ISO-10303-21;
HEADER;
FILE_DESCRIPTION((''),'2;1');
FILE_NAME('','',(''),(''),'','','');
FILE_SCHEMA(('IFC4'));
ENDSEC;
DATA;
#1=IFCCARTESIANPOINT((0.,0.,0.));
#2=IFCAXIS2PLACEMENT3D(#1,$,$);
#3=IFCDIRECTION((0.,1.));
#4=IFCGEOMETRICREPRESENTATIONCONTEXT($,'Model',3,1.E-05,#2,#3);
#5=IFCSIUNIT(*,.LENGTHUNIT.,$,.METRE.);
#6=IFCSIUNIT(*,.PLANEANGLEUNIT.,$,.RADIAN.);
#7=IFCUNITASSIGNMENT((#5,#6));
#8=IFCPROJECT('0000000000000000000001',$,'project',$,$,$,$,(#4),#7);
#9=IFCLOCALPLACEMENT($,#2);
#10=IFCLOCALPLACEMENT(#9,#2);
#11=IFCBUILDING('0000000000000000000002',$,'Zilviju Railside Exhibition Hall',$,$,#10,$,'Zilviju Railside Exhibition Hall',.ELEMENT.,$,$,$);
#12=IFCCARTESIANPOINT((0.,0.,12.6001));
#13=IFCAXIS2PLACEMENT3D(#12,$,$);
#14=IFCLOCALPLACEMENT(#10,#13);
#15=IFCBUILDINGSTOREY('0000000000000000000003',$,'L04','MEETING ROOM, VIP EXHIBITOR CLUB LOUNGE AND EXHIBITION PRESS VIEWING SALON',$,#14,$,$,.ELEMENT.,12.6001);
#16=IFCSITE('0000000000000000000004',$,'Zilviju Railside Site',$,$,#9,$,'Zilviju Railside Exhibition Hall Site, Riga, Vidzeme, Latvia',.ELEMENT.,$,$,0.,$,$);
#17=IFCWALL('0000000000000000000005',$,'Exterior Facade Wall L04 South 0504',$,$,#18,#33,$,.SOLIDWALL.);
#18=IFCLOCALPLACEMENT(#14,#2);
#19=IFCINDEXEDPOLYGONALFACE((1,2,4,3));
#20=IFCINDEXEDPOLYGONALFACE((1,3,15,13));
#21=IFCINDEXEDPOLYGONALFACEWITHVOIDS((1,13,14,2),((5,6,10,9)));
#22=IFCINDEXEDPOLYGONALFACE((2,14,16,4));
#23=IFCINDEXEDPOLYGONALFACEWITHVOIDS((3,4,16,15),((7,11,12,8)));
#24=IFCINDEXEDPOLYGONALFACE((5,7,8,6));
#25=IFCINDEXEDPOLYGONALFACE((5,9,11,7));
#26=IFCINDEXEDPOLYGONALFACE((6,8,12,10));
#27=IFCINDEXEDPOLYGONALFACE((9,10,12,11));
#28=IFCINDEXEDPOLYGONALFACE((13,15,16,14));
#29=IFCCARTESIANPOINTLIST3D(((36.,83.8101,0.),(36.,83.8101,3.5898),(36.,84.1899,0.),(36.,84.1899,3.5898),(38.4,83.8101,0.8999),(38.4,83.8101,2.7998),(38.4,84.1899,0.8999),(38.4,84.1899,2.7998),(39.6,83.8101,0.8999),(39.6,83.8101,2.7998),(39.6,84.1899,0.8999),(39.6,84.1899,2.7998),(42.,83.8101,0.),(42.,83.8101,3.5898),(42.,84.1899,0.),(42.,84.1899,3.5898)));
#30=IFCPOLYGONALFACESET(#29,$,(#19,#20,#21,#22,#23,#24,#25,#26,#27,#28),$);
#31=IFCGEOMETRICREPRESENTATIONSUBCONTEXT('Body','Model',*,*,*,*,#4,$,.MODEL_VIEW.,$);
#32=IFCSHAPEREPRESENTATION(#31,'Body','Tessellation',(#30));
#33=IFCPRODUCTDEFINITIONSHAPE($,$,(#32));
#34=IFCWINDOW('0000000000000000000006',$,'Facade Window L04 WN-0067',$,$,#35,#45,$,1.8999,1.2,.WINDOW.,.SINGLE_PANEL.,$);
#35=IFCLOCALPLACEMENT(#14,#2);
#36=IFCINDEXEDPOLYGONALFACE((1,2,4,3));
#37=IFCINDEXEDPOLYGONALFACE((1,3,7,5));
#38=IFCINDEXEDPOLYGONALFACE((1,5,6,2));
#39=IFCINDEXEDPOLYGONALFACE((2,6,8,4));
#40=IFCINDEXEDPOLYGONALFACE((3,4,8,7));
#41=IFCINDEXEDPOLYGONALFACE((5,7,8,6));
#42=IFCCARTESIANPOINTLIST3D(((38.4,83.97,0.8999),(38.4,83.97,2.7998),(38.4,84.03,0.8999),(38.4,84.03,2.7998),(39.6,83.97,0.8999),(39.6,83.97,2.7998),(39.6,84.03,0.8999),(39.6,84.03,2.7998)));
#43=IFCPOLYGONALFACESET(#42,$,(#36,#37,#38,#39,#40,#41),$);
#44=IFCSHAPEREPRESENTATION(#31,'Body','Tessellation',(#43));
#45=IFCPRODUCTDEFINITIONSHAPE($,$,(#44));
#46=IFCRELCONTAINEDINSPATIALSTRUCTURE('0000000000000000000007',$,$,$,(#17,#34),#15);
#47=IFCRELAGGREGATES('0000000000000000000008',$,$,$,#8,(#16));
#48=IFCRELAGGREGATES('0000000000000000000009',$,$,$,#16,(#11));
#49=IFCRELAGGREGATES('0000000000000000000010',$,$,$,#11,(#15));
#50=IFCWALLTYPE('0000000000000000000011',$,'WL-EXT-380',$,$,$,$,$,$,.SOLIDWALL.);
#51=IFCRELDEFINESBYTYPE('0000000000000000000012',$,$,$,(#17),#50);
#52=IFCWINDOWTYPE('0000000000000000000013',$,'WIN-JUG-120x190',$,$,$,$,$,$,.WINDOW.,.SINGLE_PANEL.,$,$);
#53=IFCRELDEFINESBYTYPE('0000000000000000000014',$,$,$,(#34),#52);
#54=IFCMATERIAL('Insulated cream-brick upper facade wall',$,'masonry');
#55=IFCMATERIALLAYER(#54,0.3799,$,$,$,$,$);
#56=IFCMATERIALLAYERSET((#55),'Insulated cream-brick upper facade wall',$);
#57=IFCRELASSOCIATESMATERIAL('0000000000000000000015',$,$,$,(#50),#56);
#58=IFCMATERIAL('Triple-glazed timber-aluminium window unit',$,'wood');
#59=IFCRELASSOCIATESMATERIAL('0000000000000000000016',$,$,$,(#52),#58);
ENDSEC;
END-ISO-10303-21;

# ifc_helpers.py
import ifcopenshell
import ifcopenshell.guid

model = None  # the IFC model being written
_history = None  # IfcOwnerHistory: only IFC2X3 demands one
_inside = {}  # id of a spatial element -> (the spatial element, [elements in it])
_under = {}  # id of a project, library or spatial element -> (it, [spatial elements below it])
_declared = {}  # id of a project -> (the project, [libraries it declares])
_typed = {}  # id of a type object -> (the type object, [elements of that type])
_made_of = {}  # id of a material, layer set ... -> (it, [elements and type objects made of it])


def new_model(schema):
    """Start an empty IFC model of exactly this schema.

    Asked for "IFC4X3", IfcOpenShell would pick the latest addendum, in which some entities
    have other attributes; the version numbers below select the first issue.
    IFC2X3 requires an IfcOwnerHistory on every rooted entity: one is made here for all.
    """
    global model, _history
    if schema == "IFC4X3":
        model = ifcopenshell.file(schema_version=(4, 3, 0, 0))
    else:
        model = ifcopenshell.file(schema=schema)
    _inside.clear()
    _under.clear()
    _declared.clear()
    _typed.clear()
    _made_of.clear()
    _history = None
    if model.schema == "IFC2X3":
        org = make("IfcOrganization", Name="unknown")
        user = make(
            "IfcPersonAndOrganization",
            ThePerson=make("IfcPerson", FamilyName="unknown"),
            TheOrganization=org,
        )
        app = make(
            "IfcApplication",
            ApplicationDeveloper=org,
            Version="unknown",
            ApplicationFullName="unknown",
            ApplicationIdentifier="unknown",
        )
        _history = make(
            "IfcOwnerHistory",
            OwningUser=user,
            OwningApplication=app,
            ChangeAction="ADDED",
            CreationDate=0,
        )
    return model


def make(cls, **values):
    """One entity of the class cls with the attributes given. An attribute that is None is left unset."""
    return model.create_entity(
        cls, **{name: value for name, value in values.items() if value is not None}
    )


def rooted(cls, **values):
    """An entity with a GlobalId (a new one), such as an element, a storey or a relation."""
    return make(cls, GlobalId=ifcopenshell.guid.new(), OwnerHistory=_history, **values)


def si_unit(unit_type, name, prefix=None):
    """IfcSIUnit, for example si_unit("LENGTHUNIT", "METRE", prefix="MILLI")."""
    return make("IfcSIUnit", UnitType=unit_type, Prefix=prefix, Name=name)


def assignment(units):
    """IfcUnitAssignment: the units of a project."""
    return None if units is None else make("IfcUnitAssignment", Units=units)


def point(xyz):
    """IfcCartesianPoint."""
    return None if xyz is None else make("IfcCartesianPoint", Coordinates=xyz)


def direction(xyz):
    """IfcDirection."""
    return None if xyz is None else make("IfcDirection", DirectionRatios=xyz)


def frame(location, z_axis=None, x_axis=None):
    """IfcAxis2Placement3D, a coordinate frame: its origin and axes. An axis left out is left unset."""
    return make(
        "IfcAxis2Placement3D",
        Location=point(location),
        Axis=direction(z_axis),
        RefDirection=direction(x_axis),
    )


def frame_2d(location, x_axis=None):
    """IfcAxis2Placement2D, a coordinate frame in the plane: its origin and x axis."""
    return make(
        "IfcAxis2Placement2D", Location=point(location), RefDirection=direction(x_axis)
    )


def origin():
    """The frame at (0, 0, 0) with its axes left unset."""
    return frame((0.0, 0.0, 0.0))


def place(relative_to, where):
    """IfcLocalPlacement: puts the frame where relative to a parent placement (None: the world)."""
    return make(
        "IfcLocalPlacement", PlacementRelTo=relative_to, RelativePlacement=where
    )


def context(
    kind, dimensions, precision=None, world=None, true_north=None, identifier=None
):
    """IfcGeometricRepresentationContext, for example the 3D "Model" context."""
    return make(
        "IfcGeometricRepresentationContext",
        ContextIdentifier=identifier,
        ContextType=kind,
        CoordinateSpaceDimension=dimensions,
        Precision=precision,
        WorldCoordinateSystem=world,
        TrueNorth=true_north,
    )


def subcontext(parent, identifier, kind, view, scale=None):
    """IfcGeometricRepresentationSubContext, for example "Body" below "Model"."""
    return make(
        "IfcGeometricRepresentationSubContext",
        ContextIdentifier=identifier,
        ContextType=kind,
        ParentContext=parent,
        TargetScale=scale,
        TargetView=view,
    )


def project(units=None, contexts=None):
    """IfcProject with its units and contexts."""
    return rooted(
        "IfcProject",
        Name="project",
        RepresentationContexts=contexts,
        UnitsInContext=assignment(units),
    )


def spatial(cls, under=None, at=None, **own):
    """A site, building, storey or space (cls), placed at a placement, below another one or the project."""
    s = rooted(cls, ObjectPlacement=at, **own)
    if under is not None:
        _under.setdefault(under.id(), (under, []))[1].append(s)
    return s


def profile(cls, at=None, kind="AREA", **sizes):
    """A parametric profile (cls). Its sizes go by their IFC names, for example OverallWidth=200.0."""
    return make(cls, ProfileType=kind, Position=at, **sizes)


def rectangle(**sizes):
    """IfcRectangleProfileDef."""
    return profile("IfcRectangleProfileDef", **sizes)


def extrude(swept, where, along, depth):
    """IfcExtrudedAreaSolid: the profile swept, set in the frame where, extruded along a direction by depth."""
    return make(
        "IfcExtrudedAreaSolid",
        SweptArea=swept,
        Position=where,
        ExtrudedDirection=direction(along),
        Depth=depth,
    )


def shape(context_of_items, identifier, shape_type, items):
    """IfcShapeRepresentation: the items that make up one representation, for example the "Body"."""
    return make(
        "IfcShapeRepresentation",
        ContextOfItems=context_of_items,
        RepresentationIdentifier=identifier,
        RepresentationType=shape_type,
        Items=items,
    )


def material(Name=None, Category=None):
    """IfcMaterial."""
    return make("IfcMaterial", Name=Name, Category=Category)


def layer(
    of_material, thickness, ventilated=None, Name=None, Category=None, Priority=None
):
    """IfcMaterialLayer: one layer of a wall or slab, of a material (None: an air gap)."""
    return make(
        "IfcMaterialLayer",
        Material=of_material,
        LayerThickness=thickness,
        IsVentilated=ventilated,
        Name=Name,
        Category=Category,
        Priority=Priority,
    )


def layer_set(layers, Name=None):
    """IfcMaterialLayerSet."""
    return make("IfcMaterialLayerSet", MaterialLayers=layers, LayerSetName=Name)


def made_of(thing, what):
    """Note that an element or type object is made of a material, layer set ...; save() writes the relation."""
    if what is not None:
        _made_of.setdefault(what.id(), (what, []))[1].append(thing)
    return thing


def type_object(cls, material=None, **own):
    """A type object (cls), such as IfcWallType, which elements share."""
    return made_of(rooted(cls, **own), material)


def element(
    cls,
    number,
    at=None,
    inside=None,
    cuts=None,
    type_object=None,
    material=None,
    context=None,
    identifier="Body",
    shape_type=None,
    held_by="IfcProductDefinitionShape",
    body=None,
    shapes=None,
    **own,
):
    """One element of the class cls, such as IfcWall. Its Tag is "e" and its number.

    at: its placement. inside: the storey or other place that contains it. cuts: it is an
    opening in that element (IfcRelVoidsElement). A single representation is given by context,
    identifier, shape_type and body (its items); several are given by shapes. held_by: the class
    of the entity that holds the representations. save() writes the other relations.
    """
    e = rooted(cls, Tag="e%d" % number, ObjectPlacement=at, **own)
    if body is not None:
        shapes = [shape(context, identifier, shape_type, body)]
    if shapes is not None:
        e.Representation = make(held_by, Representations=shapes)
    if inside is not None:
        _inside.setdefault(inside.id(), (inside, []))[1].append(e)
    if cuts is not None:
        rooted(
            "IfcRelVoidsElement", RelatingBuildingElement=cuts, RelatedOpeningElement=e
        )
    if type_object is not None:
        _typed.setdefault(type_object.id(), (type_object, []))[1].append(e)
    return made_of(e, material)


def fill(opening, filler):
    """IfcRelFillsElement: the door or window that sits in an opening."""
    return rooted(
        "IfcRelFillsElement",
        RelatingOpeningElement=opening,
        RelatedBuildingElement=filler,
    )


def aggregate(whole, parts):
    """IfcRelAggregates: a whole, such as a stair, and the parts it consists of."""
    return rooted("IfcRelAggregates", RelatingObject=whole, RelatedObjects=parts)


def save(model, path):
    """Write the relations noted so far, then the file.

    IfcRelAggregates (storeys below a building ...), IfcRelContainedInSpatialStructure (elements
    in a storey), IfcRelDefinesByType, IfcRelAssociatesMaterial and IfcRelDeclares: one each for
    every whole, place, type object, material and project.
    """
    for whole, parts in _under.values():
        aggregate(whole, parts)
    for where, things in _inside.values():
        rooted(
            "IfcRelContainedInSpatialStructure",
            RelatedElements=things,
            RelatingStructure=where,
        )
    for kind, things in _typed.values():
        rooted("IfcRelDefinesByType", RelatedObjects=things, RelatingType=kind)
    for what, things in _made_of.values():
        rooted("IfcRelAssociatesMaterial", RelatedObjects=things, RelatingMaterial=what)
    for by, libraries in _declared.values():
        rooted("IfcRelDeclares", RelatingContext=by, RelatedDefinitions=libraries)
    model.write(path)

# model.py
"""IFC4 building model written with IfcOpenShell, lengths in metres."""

from ifc_helpers import new_model, si_unit, direction, frame, frame_2d, origin, place, context, subcontext, project, spatial, rectangle, extrude, material, layer, layer_set, type_object, element, fill, save


model = new_model("IFC4")

# Units and contexts
model_context = context("Model", 3, precision=1e-05, world=origin(), true_north=direction((0.0, 1.0)))
body_context = subcontext(model_context, "Body", "Model", "MODEL_VIEW")
ifc_project = project(units=[si_unit("LENGTHUNIT", "METRE"), si_unit("PLANEANGLEUNIT", "RADIAN")], contexts=[model_context])

# Site, building, storey
site_placement = place(None, origin())
site = spatial("IfcSite", under=ifc_project, at=site_placement, Name="Zilviju Railside Site", LongName="Zilviju Railside Exhibition Hall Site, Riga, Vidzeme, Latvia", CompositionType="ELEMENT", RefElevation=0.0)
building_placement = place(site_placement, origin())
building = spatial("IfcBuilding", under=site, at=building_placement, Name="Zilviju Railside Exhibition Hall", LongName="Zilviju Railside Exhibition Hall", CompositionType="ELEMENT")
storey_placement = place(building_placement, frame((0.0, 0.0, 12.6001)))
storey = spatial("IfcBuildingStorey", under=building, at=storey_placement, Name="L04", Description="MEETING ROOM, VIP EXHIBITOR CLUB LOUNGE AND EXHIBITION PRESS VIEWING SALON", CompositionType="ELEMENT", Elevation=12.6001)

# Shared definitions
ifc_material_1 = material(Name="Insulated cream-brick upper facade wall", Category="masonry")
ifc_layer = layer(ifc_material_1, 0.3799)
ifc_layer_set = layer_set([ifc_layer], Name="Insulated cream-brick upper facade wall")
wall_type = type_object("IfcWallType", Name="WL-EXT-380", PredefinedType="SOLIDWALL", material=ifc_layer_set)
ifc_material_2 = material(Name="Triple-glazed timber-aluminium window unit", Category="wood")

# Shared definitions
window_type_1 = type_object("IfcWindowType", Name="WIN-JUG-120x190", PartitioningType="SINGLE_PANEL", PredefinedType="WINDOW", material=ifc_material_2)

# Wall, opening, window
wall_1_placement = place(storey_placement, frame((42.0, 84.0, 0.0), z_axis=(0.0, 0.0, 1.0), x_axis=(-1.0, 0.0, 0.0)))
wall_1 = element("IfcWall", 1, at=wall_1_placement, inside=storey, type_object=wall_type, Name="Exterior Facade Wall L04 South 0504", PredefinedType="SOLIDWALL", context=body_context, shape_type="SweptSolid", body=[
    extrude(rectangle(XDim=6.0, YDim=0.3799, at=frame_2d((3.0, 0.0))), origin(), (0.0, 0.0, 1.0), 3.5898),
])
opening_1_placement = place(wall_1_placement, frame((2.3999, 0.0, 0.8999)))
opening_1 = element("IfcOpeningElement", 2, at=opening_1_placement, cuts=wall_1, PredefinedType="OPENING", context=body_context, shape_type="SweptSolid", body=[
    extrude(rectangle(XDim=1.2, YDim=1.8999, at=frame_2d((0.6001, 0.95))), frame((0.0, 0.2, 0.0), z_axis=(0.0, -1.0, 0.0), x_axis=(1.0, 0.0, 0.0)), (0.0, 0.0, 1.0), 0.3999),
])
window_1_placement = place(opening_1_placement, origin())
window_1 = element("IfcWindow", 3, at=window_1_placement, inside=storey, type_object=window_type_1, Name="Facade Window L04 WN-0067", OverallHeight=1.8999, OverallWidth=1.2, PartitioningType="SINGLE_PANEL", PredefinedType="WINDOW", context=body_context, shape_type="SweptSolid", body=[
    extrude(rectangle(XDim=1.2, YDim=1.8999, at=frame_2d((0.6001, 0.95))), frame((0.0, 0.03, 0.0), z_axis=(0.0, -1.0, 0.0), x_axis=(1.0, 0.0, 0.0)), (0.0, 0.0, 1.0), 0.0601),
])
fill(opening_1, window_1)

save(model, "model.ifc")
